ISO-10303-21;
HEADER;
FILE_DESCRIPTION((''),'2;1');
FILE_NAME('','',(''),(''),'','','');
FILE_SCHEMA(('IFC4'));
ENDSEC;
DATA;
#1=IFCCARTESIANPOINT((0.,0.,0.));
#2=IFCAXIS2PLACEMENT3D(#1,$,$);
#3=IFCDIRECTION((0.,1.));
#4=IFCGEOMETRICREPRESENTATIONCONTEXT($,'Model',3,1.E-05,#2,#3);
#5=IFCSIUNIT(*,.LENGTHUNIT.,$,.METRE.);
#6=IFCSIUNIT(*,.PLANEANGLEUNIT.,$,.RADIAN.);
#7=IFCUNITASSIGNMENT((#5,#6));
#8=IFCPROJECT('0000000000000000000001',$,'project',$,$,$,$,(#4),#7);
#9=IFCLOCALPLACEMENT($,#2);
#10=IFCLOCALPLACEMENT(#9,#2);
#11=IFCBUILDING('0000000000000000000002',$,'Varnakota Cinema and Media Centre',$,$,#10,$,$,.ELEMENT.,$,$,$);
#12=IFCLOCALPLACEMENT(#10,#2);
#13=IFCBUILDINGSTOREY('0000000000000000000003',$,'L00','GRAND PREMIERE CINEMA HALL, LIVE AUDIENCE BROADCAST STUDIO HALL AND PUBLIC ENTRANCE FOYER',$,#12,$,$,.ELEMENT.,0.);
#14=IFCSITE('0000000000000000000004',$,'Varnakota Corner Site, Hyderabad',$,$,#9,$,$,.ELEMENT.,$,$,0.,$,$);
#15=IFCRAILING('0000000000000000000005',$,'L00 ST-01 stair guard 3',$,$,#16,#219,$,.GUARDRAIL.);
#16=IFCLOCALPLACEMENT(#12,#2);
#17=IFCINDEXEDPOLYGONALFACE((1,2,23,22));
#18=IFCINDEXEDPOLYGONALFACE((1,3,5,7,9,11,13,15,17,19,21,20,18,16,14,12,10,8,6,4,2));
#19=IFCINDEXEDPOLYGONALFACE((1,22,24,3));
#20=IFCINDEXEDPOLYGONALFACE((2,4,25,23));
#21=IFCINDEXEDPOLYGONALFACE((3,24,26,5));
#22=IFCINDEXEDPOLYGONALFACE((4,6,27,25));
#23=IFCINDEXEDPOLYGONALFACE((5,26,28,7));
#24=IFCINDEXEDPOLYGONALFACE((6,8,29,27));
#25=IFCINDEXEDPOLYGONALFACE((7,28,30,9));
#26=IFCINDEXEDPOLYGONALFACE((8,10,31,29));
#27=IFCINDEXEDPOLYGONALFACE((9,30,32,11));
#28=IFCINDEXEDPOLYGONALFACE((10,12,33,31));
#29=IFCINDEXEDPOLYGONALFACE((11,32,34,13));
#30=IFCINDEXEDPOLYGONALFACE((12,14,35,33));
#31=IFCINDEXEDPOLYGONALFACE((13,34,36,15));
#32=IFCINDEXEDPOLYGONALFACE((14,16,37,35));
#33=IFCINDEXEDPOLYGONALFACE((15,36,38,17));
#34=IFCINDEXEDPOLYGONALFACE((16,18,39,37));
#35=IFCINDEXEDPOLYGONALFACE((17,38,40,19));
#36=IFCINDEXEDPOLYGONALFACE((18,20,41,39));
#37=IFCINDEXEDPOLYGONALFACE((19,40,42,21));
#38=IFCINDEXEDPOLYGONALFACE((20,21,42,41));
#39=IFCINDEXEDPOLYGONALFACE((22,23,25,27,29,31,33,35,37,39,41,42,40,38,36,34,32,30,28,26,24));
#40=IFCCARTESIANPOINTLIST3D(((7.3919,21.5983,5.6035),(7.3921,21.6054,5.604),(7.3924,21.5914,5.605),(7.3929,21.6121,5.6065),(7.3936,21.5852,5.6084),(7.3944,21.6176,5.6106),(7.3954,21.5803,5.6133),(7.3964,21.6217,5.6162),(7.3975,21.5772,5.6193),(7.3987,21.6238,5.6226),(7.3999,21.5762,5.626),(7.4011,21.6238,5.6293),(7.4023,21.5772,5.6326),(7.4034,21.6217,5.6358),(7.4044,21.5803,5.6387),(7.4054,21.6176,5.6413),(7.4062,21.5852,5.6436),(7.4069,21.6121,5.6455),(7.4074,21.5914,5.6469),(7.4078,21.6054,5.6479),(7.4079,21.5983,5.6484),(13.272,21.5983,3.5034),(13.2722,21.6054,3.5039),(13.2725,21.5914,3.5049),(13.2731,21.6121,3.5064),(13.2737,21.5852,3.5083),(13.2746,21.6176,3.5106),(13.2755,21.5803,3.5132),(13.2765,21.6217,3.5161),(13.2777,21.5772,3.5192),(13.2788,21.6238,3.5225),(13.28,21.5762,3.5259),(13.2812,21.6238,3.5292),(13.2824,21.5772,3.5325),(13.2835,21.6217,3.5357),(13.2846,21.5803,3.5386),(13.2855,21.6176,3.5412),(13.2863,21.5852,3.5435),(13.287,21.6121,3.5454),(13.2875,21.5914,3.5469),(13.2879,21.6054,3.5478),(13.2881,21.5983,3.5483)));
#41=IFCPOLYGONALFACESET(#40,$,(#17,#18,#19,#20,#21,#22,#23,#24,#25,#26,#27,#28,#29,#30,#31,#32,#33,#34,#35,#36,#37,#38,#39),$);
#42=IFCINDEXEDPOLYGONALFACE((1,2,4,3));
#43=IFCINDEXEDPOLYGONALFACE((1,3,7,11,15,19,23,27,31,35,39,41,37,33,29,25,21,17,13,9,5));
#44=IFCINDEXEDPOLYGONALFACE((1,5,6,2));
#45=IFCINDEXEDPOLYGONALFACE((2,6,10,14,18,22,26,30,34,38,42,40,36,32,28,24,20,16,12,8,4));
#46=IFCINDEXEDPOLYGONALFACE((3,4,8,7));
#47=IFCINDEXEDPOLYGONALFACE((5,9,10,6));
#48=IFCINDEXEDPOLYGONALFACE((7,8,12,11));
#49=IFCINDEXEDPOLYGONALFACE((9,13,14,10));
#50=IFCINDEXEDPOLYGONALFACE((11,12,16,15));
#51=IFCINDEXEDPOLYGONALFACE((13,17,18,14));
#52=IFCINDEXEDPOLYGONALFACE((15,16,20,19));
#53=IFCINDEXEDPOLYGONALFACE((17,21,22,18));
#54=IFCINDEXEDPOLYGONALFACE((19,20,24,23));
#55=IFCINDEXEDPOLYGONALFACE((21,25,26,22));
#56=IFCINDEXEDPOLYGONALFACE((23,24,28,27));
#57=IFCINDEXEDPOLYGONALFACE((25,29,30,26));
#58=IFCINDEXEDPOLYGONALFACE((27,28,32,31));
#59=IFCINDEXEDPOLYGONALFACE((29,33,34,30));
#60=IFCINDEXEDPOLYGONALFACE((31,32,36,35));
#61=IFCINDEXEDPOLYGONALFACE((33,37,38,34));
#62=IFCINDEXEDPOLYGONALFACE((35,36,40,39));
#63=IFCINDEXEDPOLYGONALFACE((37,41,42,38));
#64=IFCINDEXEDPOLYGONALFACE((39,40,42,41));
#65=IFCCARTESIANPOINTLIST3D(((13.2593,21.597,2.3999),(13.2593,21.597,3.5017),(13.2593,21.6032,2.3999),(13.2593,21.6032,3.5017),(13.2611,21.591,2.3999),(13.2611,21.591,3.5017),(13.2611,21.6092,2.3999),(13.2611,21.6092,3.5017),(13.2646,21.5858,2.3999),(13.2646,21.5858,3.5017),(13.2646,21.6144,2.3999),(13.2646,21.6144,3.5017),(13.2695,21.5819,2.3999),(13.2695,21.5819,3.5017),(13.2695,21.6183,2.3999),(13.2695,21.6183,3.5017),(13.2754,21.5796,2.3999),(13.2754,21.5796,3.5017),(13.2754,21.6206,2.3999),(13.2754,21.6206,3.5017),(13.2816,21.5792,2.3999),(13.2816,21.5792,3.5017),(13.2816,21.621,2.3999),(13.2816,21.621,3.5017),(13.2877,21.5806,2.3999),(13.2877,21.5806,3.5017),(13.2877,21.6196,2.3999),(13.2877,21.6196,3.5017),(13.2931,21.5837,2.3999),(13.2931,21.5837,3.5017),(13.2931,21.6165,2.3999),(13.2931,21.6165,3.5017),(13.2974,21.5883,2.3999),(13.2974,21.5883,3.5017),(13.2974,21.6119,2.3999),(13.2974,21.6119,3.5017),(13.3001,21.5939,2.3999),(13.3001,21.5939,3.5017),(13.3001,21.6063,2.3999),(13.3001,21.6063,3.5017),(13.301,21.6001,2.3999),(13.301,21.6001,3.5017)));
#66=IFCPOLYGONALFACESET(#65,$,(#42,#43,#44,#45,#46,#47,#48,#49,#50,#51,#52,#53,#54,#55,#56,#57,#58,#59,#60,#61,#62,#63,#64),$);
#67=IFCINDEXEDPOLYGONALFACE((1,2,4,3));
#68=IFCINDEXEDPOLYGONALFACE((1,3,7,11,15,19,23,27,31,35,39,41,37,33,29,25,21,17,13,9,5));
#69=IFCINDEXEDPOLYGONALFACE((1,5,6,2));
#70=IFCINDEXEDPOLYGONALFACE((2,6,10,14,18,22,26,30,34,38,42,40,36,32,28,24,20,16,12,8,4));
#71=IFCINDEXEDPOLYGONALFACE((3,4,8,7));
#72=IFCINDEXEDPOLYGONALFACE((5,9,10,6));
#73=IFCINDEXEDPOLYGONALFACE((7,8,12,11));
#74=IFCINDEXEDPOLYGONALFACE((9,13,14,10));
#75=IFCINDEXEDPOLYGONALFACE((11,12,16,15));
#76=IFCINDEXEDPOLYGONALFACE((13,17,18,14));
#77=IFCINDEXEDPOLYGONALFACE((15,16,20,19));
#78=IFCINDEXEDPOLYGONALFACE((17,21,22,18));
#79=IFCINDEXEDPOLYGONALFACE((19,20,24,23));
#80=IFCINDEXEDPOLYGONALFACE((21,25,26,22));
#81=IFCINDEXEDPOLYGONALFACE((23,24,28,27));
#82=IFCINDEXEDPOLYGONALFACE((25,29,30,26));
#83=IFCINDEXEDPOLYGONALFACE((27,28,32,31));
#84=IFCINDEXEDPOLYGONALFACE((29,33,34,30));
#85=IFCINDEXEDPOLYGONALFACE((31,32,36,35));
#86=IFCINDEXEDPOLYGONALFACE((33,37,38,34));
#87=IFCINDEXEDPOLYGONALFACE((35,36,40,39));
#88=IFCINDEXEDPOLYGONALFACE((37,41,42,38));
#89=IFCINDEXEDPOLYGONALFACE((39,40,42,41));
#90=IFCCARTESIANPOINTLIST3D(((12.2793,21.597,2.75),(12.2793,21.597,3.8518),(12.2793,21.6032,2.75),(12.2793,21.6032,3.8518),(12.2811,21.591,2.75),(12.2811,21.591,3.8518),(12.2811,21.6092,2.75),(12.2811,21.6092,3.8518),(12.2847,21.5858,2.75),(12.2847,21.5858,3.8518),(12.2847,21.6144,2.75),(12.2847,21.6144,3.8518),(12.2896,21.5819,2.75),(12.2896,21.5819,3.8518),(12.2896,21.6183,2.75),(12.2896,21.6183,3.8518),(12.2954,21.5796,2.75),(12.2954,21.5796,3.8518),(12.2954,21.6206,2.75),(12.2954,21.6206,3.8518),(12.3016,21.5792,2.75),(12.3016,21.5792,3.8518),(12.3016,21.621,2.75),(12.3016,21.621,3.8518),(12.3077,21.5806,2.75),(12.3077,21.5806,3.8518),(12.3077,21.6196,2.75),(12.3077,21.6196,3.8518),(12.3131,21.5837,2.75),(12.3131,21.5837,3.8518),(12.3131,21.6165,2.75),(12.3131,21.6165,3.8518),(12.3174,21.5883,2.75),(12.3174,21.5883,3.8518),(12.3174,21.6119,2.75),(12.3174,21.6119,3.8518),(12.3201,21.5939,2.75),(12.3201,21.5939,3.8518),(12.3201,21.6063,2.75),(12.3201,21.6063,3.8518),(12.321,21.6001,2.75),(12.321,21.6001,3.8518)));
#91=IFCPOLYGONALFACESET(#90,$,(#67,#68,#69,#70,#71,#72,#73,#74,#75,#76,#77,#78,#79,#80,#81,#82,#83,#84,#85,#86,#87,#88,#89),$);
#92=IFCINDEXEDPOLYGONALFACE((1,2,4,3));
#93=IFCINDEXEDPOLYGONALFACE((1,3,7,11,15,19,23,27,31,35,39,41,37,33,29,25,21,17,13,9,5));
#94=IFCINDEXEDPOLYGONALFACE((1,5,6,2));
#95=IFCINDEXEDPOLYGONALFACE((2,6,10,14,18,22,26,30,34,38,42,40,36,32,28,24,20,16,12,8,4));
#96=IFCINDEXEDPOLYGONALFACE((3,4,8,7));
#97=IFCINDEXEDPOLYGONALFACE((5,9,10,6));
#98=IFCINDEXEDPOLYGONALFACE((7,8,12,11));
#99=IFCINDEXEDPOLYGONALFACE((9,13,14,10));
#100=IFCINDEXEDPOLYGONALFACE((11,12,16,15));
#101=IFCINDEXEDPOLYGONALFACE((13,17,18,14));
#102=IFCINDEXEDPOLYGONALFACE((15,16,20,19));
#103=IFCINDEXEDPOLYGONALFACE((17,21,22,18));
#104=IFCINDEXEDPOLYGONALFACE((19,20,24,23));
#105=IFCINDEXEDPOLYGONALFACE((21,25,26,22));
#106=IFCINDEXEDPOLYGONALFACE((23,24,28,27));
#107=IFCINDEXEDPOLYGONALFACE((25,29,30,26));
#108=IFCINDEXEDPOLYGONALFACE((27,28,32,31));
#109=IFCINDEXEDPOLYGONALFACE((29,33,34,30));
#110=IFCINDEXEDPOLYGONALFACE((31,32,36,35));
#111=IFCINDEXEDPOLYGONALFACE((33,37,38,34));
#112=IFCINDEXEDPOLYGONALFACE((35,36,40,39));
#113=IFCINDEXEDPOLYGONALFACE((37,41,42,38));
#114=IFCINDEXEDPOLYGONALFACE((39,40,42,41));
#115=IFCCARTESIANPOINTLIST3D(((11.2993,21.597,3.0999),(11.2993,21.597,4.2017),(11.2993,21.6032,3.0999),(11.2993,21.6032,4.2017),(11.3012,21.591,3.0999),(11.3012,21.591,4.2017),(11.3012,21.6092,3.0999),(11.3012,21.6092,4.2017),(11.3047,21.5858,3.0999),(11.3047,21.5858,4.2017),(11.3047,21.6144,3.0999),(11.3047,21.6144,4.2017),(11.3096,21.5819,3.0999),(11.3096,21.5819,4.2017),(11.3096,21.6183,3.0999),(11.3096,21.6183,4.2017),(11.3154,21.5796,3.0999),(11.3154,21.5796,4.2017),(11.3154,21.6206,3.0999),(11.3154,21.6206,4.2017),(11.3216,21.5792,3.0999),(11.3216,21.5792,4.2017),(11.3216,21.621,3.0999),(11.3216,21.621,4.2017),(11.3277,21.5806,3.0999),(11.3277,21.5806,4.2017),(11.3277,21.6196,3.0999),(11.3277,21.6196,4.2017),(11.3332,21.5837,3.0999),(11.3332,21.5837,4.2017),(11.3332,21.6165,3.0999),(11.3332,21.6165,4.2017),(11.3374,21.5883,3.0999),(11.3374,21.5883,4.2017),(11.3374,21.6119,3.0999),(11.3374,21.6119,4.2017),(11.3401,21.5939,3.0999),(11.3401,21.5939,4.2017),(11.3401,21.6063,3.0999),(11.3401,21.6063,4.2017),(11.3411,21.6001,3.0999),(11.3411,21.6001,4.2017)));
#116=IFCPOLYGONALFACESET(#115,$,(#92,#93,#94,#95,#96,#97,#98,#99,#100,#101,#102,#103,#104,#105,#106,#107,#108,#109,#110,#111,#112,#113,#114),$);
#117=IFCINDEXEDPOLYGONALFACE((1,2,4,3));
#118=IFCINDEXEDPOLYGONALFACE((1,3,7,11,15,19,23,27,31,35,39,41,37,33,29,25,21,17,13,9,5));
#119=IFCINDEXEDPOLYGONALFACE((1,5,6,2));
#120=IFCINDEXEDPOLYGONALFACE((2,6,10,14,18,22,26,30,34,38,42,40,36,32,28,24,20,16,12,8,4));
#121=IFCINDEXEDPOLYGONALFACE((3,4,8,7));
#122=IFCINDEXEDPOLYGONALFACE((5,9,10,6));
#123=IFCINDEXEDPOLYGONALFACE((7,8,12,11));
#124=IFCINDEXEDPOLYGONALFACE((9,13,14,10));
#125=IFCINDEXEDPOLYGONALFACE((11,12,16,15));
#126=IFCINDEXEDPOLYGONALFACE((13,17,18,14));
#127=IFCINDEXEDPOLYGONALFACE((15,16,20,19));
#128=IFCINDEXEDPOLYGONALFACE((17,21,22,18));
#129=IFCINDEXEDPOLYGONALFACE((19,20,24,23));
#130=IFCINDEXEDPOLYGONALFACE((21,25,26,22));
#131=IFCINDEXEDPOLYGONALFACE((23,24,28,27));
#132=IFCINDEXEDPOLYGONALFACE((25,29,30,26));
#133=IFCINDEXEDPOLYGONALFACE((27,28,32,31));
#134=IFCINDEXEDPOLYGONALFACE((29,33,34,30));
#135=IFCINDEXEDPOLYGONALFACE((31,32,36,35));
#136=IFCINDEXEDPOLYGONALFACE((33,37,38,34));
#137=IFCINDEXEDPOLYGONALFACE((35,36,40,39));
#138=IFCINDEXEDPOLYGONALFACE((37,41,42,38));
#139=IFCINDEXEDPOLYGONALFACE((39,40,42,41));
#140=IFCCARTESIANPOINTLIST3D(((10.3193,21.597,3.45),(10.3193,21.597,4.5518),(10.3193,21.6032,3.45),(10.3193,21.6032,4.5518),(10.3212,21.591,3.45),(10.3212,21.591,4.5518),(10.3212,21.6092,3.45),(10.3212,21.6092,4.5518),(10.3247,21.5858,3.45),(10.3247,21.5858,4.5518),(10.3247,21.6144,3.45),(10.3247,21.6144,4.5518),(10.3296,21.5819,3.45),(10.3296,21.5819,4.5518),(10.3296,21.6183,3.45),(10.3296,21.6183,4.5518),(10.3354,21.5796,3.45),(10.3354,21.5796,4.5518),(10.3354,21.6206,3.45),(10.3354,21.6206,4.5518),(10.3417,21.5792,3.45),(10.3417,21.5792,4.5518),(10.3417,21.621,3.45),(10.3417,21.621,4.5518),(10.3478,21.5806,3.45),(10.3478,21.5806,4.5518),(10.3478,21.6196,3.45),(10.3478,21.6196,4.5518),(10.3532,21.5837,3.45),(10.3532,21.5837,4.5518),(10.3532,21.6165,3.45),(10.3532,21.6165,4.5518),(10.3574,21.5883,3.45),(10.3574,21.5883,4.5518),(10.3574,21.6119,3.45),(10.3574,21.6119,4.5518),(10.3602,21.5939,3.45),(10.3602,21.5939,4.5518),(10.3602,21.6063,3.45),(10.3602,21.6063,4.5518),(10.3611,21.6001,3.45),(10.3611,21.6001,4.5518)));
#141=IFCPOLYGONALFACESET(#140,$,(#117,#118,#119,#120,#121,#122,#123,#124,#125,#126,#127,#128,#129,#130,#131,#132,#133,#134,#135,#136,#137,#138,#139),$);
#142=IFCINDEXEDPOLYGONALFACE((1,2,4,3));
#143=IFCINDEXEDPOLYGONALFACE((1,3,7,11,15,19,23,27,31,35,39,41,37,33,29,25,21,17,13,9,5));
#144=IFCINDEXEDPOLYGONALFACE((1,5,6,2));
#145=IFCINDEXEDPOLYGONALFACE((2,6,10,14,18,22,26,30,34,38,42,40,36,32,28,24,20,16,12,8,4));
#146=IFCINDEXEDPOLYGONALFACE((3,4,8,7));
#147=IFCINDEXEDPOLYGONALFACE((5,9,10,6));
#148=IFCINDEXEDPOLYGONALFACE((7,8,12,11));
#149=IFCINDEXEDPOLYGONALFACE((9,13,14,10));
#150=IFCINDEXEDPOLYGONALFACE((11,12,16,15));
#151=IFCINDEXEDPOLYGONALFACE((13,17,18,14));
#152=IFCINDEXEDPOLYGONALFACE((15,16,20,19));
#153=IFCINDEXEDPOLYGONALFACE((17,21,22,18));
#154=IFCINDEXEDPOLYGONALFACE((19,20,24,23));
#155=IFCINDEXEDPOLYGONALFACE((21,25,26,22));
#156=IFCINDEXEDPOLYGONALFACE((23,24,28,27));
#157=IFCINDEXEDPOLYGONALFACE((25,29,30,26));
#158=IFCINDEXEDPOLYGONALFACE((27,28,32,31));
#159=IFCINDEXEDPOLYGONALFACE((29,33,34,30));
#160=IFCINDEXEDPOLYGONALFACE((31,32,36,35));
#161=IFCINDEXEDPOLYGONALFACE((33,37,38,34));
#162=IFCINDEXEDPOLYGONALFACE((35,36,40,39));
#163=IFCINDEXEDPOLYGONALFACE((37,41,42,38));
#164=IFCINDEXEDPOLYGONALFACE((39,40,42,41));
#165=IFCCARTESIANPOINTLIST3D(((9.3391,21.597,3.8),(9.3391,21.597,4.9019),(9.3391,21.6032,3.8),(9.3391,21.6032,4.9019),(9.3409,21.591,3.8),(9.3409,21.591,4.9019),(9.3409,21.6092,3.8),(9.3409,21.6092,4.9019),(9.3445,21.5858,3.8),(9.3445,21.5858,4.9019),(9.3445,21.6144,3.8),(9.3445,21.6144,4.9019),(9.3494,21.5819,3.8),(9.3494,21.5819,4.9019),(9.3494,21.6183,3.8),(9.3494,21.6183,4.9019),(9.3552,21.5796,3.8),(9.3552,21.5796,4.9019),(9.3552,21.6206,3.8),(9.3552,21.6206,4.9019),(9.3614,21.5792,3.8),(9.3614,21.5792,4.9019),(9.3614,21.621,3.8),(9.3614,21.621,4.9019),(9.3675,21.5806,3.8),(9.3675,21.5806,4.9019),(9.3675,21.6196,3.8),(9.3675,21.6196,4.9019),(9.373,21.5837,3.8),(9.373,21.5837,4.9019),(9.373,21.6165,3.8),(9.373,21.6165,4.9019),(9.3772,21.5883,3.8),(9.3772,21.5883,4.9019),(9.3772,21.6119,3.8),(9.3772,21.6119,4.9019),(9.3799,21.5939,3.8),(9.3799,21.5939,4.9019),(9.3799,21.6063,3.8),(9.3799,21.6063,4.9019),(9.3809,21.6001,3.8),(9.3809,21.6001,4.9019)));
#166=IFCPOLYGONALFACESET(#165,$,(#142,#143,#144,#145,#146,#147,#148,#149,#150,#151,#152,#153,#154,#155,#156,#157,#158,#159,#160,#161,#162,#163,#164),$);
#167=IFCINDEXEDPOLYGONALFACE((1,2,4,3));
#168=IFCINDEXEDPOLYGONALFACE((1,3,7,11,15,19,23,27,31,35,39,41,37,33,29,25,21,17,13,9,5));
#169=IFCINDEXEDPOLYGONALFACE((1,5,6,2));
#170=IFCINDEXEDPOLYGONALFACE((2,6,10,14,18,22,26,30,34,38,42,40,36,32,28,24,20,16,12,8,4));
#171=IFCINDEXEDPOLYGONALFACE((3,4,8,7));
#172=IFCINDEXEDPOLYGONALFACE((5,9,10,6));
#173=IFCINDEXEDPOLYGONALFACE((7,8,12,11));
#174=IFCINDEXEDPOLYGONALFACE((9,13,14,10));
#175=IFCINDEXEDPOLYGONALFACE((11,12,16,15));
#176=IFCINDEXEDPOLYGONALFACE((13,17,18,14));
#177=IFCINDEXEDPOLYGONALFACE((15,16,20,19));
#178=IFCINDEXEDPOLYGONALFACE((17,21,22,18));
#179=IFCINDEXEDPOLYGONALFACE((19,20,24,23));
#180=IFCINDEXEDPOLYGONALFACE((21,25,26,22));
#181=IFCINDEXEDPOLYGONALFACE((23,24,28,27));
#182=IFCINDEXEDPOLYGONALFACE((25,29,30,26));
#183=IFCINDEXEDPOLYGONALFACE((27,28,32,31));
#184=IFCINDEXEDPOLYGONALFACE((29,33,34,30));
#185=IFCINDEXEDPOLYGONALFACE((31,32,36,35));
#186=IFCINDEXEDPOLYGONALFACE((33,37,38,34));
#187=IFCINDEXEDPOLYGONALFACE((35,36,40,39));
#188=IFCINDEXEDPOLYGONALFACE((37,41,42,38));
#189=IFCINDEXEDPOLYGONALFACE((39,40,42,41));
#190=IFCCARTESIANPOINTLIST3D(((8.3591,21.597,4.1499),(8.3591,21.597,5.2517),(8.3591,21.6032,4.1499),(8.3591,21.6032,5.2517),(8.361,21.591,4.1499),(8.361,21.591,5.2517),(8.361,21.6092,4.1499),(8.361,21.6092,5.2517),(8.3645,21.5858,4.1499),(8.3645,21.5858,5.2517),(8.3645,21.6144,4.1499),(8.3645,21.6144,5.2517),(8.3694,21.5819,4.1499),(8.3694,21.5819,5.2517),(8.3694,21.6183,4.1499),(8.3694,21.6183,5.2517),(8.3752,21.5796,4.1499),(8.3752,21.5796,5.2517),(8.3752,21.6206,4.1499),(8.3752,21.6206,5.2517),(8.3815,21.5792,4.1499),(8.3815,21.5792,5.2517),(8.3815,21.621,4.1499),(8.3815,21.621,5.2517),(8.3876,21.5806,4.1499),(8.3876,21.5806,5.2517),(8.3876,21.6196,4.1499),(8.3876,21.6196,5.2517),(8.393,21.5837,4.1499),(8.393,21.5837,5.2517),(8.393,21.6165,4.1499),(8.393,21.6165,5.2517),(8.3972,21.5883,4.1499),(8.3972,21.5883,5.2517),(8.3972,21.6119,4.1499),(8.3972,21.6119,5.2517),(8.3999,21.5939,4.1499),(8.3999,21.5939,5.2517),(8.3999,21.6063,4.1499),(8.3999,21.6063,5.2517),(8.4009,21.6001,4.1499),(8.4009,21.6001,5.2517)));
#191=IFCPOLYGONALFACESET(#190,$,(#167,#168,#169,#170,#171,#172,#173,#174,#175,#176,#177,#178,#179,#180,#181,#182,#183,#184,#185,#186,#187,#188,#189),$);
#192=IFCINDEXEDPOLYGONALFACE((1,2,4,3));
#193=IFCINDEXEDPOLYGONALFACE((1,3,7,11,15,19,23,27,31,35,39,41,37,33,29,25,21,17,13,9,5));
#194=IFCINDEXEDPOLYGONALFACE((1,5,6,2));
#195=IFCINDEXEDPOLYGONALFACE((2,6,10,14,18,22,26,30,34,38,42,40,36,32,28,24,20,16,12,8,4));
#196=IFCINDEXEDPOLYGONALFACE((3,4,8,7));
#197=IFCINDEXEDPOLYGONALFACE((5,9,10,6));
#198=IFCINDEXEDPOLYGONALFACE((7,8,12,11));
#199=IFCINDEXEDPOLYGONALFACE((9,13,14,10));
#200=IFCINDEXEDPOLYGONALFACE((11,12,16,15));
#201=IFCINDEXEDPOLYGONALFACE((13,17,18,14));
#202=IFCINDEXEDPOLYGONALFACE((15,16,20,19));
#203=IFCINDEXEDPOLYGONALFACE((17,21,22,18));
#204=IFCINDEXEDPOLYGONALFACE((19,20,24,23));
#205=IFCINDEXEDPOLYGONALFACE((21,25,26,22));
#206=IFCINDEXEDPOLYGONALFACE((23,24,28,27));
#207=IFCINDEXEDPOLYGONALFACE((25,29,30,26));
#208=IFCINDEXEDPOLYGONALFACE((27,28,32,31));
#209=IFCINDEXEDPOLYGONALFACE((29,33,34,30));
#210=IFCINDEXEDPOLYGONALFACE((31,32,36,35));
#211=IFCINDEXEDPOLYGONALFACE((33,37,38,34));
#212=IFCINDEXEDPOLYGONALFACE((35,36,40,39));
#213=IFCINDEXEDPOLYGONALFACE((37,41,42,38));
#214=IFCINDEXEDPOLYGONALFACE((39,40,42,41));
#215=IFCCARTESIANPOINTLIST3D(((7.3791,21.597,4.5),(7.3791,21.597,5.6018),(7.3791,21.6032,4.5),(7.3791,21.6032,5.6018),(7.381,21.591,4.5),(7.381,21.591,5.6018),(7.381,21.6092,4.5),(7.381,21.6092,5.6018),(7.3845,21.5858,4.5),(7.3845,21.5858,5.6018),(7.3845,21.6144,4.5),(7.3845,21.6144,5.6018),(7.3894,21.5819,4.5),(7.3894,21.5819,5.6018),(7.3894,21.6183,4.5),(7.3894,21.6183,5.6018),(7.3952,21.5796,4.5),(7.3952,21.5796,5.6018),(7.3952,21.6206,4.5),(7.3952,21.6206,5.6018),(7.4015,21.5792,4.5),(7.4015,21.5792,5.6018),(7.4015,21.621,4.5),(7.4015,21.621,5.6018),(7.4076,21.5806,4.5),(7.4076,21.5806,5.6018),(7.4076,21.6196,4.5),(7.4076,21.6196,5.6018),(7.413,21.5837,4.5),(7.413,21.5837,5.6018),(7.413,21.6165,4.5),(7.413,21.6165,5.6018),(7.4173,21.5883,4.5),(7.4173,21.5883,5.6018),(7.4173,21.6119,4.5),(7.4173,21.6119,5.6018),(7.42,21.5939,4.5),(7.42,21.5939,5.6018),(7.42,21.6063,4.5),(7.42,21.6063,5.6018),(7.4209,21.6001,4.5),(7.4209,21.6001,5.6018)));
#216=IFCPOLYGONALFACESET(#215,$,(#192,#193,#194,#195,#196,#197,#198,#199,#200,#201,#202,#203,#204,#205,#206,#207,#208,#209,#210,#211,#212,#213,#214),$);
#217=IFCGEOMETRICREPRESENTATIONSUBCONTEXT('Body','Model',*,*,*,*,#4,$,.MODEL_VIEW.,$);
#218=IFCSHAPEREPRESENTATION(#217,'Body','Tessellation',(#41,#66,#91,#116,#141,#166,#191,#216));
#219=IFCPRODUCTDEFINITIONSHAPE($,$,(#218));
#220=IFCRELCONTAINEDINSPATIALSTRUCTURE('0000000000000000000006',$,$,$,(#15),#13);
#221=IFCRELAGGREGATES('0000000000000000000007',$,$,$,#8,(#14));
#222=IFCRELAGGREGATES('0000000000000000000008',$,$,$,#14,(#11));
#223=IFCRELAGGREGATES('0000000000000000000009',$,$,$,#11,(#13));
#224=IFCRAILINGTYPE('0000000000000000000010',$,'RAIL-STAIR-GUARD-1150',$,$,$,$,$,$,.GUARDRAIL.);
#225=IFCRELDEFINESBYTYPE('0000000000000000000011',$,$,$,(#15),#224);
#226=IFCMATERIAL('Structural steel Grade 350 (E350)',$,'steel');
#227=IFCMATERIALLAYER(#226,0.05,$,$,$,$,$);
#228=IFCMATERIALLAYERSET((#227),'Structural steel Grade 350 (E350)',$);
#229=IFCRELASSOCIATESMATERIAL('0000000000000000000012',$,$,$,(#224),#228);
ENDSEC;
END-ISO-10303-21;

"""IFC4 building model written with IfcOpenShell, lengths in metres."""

from ifc_helpers import new_model, si_unit, direction, frame, origin, origin_2d, place, context, subcontext, project, spatial, circle, extrude, material, layer, layer_set, type_object, element, save


model = new_model("IFC4")

# Units and contexts
model_context = context("Model", 3, precision=1e-05, world=origin(), true_north=direction((0.0, 1.0)))
body_context = subcontext(model_context, "Body", "Model", "MODEL_VIEW")
ifc_project = project(units=[si_unit("LENGTHUNIT", "METRE"), si_unit("PLANEANGLEUNIT", "RADIAN")], contexts=[model_context])

# Site, building, storey
site_placement = place(None, origin())
site = spatial("IfcSite", under=ifc_project, at=site_placement, Name="Varnakota Corner Site, Hyderabad", CompositionType="ELEMENT", RefElevation=0.0)
building_placement = place(site_placement, origin())
building = spatial("IfcBuilding", under=site, at=building_placement, Name="Varnakota Cinema and Media Centre", CompositionType="ELEMENT")
storey_placement = place(building_placement, origin())
storey = spatial("IfcBuildingStorey", under=building, at=storey_placement, Name="L00", Description="GRAND PREMIERE CINEMA HALL, LIVE AUDIENCE BROADCAST STUDIO HALL AND PUBLIC ENTRANCE FOYER", CompositionType="ELEMENT", Elevation=0.0)

# Railing
ifc_material_1 = material(Name="Structural steel Grade 350 (E350)", Category="steel")
ifc_layer_1 = layer(ifc_material_1, 0.05)
ifc_layer_set_1 = layer_set([ifc_layer_1], Name="Structural steel Grade 350 (E350)")
railing_type_1 = type_object("IfcRailingType", Name="RAIL-STAIR-GUARD-1150", PredefinedType="GUARDRAIL", material=ifc_layer_set_1)
railing_1_placement = place(storey_placement, frame((13.28, 21.6001, 2.3999)))
element("IfcRailing", 1, at=railing_1_placement, inside=storey, type_object=railing_type_1, Name="L00 ST-01 stair guard 3", PredefinedType="GUARDRAIL", context=body_context, shape_type="SweptSolid", body=[
    extrude(circle(Radius=0.0239, at=origin_2d()), frame((0.0, 0.0, 1.126), z_axis=(-0.941739, 0.0, 0.336344), x_axis=(0.0, -1.0, 0.0)), (0.0, 0.0, 1.0), 6.2439),
    extrude(circle(Radius=0.021, at=origin_2d()), origin(), (0.0, 0.0, 1.0), 1.1018),
    extrude(circle(Radius=0.021, at=origin_2d()), frame((-0.98, 0.0, 0.3501)), (0.0, 0.0, 1.0), 1.1018),
    extrude(circle(Radius=0.021, at=origin_2d()), frame((-1.96, 0.0, 0.7)), (0.0, 0.0, 1.0), 1.1018),
    extrude(circle(Radius=0.021, at=origin_2d()), frame((-2.9399, 0.0, 1.05)), (0.0, 0.0, 1.0), 1.1018),
    extrude(circle(Radius=0.021, at=origin_2d()), frame((-3.9202, 0.0, 1.4001)), (0.0, 0.0, 1.0), 1.1018),
    extrude(circle(Radius=0.021, at=origin_2d()), frame((-4.9001, 0.0, 1.75)), (0.0, 0.0, 1.0), 1.1018),
    extrude(circle(Radius=0.021, at=origin_2d()), frame((-5.8801, 0.0, 2.1001)), (0.0, 0.0, 1.0), 1.1018),
])

save(model, "model.ifc")
